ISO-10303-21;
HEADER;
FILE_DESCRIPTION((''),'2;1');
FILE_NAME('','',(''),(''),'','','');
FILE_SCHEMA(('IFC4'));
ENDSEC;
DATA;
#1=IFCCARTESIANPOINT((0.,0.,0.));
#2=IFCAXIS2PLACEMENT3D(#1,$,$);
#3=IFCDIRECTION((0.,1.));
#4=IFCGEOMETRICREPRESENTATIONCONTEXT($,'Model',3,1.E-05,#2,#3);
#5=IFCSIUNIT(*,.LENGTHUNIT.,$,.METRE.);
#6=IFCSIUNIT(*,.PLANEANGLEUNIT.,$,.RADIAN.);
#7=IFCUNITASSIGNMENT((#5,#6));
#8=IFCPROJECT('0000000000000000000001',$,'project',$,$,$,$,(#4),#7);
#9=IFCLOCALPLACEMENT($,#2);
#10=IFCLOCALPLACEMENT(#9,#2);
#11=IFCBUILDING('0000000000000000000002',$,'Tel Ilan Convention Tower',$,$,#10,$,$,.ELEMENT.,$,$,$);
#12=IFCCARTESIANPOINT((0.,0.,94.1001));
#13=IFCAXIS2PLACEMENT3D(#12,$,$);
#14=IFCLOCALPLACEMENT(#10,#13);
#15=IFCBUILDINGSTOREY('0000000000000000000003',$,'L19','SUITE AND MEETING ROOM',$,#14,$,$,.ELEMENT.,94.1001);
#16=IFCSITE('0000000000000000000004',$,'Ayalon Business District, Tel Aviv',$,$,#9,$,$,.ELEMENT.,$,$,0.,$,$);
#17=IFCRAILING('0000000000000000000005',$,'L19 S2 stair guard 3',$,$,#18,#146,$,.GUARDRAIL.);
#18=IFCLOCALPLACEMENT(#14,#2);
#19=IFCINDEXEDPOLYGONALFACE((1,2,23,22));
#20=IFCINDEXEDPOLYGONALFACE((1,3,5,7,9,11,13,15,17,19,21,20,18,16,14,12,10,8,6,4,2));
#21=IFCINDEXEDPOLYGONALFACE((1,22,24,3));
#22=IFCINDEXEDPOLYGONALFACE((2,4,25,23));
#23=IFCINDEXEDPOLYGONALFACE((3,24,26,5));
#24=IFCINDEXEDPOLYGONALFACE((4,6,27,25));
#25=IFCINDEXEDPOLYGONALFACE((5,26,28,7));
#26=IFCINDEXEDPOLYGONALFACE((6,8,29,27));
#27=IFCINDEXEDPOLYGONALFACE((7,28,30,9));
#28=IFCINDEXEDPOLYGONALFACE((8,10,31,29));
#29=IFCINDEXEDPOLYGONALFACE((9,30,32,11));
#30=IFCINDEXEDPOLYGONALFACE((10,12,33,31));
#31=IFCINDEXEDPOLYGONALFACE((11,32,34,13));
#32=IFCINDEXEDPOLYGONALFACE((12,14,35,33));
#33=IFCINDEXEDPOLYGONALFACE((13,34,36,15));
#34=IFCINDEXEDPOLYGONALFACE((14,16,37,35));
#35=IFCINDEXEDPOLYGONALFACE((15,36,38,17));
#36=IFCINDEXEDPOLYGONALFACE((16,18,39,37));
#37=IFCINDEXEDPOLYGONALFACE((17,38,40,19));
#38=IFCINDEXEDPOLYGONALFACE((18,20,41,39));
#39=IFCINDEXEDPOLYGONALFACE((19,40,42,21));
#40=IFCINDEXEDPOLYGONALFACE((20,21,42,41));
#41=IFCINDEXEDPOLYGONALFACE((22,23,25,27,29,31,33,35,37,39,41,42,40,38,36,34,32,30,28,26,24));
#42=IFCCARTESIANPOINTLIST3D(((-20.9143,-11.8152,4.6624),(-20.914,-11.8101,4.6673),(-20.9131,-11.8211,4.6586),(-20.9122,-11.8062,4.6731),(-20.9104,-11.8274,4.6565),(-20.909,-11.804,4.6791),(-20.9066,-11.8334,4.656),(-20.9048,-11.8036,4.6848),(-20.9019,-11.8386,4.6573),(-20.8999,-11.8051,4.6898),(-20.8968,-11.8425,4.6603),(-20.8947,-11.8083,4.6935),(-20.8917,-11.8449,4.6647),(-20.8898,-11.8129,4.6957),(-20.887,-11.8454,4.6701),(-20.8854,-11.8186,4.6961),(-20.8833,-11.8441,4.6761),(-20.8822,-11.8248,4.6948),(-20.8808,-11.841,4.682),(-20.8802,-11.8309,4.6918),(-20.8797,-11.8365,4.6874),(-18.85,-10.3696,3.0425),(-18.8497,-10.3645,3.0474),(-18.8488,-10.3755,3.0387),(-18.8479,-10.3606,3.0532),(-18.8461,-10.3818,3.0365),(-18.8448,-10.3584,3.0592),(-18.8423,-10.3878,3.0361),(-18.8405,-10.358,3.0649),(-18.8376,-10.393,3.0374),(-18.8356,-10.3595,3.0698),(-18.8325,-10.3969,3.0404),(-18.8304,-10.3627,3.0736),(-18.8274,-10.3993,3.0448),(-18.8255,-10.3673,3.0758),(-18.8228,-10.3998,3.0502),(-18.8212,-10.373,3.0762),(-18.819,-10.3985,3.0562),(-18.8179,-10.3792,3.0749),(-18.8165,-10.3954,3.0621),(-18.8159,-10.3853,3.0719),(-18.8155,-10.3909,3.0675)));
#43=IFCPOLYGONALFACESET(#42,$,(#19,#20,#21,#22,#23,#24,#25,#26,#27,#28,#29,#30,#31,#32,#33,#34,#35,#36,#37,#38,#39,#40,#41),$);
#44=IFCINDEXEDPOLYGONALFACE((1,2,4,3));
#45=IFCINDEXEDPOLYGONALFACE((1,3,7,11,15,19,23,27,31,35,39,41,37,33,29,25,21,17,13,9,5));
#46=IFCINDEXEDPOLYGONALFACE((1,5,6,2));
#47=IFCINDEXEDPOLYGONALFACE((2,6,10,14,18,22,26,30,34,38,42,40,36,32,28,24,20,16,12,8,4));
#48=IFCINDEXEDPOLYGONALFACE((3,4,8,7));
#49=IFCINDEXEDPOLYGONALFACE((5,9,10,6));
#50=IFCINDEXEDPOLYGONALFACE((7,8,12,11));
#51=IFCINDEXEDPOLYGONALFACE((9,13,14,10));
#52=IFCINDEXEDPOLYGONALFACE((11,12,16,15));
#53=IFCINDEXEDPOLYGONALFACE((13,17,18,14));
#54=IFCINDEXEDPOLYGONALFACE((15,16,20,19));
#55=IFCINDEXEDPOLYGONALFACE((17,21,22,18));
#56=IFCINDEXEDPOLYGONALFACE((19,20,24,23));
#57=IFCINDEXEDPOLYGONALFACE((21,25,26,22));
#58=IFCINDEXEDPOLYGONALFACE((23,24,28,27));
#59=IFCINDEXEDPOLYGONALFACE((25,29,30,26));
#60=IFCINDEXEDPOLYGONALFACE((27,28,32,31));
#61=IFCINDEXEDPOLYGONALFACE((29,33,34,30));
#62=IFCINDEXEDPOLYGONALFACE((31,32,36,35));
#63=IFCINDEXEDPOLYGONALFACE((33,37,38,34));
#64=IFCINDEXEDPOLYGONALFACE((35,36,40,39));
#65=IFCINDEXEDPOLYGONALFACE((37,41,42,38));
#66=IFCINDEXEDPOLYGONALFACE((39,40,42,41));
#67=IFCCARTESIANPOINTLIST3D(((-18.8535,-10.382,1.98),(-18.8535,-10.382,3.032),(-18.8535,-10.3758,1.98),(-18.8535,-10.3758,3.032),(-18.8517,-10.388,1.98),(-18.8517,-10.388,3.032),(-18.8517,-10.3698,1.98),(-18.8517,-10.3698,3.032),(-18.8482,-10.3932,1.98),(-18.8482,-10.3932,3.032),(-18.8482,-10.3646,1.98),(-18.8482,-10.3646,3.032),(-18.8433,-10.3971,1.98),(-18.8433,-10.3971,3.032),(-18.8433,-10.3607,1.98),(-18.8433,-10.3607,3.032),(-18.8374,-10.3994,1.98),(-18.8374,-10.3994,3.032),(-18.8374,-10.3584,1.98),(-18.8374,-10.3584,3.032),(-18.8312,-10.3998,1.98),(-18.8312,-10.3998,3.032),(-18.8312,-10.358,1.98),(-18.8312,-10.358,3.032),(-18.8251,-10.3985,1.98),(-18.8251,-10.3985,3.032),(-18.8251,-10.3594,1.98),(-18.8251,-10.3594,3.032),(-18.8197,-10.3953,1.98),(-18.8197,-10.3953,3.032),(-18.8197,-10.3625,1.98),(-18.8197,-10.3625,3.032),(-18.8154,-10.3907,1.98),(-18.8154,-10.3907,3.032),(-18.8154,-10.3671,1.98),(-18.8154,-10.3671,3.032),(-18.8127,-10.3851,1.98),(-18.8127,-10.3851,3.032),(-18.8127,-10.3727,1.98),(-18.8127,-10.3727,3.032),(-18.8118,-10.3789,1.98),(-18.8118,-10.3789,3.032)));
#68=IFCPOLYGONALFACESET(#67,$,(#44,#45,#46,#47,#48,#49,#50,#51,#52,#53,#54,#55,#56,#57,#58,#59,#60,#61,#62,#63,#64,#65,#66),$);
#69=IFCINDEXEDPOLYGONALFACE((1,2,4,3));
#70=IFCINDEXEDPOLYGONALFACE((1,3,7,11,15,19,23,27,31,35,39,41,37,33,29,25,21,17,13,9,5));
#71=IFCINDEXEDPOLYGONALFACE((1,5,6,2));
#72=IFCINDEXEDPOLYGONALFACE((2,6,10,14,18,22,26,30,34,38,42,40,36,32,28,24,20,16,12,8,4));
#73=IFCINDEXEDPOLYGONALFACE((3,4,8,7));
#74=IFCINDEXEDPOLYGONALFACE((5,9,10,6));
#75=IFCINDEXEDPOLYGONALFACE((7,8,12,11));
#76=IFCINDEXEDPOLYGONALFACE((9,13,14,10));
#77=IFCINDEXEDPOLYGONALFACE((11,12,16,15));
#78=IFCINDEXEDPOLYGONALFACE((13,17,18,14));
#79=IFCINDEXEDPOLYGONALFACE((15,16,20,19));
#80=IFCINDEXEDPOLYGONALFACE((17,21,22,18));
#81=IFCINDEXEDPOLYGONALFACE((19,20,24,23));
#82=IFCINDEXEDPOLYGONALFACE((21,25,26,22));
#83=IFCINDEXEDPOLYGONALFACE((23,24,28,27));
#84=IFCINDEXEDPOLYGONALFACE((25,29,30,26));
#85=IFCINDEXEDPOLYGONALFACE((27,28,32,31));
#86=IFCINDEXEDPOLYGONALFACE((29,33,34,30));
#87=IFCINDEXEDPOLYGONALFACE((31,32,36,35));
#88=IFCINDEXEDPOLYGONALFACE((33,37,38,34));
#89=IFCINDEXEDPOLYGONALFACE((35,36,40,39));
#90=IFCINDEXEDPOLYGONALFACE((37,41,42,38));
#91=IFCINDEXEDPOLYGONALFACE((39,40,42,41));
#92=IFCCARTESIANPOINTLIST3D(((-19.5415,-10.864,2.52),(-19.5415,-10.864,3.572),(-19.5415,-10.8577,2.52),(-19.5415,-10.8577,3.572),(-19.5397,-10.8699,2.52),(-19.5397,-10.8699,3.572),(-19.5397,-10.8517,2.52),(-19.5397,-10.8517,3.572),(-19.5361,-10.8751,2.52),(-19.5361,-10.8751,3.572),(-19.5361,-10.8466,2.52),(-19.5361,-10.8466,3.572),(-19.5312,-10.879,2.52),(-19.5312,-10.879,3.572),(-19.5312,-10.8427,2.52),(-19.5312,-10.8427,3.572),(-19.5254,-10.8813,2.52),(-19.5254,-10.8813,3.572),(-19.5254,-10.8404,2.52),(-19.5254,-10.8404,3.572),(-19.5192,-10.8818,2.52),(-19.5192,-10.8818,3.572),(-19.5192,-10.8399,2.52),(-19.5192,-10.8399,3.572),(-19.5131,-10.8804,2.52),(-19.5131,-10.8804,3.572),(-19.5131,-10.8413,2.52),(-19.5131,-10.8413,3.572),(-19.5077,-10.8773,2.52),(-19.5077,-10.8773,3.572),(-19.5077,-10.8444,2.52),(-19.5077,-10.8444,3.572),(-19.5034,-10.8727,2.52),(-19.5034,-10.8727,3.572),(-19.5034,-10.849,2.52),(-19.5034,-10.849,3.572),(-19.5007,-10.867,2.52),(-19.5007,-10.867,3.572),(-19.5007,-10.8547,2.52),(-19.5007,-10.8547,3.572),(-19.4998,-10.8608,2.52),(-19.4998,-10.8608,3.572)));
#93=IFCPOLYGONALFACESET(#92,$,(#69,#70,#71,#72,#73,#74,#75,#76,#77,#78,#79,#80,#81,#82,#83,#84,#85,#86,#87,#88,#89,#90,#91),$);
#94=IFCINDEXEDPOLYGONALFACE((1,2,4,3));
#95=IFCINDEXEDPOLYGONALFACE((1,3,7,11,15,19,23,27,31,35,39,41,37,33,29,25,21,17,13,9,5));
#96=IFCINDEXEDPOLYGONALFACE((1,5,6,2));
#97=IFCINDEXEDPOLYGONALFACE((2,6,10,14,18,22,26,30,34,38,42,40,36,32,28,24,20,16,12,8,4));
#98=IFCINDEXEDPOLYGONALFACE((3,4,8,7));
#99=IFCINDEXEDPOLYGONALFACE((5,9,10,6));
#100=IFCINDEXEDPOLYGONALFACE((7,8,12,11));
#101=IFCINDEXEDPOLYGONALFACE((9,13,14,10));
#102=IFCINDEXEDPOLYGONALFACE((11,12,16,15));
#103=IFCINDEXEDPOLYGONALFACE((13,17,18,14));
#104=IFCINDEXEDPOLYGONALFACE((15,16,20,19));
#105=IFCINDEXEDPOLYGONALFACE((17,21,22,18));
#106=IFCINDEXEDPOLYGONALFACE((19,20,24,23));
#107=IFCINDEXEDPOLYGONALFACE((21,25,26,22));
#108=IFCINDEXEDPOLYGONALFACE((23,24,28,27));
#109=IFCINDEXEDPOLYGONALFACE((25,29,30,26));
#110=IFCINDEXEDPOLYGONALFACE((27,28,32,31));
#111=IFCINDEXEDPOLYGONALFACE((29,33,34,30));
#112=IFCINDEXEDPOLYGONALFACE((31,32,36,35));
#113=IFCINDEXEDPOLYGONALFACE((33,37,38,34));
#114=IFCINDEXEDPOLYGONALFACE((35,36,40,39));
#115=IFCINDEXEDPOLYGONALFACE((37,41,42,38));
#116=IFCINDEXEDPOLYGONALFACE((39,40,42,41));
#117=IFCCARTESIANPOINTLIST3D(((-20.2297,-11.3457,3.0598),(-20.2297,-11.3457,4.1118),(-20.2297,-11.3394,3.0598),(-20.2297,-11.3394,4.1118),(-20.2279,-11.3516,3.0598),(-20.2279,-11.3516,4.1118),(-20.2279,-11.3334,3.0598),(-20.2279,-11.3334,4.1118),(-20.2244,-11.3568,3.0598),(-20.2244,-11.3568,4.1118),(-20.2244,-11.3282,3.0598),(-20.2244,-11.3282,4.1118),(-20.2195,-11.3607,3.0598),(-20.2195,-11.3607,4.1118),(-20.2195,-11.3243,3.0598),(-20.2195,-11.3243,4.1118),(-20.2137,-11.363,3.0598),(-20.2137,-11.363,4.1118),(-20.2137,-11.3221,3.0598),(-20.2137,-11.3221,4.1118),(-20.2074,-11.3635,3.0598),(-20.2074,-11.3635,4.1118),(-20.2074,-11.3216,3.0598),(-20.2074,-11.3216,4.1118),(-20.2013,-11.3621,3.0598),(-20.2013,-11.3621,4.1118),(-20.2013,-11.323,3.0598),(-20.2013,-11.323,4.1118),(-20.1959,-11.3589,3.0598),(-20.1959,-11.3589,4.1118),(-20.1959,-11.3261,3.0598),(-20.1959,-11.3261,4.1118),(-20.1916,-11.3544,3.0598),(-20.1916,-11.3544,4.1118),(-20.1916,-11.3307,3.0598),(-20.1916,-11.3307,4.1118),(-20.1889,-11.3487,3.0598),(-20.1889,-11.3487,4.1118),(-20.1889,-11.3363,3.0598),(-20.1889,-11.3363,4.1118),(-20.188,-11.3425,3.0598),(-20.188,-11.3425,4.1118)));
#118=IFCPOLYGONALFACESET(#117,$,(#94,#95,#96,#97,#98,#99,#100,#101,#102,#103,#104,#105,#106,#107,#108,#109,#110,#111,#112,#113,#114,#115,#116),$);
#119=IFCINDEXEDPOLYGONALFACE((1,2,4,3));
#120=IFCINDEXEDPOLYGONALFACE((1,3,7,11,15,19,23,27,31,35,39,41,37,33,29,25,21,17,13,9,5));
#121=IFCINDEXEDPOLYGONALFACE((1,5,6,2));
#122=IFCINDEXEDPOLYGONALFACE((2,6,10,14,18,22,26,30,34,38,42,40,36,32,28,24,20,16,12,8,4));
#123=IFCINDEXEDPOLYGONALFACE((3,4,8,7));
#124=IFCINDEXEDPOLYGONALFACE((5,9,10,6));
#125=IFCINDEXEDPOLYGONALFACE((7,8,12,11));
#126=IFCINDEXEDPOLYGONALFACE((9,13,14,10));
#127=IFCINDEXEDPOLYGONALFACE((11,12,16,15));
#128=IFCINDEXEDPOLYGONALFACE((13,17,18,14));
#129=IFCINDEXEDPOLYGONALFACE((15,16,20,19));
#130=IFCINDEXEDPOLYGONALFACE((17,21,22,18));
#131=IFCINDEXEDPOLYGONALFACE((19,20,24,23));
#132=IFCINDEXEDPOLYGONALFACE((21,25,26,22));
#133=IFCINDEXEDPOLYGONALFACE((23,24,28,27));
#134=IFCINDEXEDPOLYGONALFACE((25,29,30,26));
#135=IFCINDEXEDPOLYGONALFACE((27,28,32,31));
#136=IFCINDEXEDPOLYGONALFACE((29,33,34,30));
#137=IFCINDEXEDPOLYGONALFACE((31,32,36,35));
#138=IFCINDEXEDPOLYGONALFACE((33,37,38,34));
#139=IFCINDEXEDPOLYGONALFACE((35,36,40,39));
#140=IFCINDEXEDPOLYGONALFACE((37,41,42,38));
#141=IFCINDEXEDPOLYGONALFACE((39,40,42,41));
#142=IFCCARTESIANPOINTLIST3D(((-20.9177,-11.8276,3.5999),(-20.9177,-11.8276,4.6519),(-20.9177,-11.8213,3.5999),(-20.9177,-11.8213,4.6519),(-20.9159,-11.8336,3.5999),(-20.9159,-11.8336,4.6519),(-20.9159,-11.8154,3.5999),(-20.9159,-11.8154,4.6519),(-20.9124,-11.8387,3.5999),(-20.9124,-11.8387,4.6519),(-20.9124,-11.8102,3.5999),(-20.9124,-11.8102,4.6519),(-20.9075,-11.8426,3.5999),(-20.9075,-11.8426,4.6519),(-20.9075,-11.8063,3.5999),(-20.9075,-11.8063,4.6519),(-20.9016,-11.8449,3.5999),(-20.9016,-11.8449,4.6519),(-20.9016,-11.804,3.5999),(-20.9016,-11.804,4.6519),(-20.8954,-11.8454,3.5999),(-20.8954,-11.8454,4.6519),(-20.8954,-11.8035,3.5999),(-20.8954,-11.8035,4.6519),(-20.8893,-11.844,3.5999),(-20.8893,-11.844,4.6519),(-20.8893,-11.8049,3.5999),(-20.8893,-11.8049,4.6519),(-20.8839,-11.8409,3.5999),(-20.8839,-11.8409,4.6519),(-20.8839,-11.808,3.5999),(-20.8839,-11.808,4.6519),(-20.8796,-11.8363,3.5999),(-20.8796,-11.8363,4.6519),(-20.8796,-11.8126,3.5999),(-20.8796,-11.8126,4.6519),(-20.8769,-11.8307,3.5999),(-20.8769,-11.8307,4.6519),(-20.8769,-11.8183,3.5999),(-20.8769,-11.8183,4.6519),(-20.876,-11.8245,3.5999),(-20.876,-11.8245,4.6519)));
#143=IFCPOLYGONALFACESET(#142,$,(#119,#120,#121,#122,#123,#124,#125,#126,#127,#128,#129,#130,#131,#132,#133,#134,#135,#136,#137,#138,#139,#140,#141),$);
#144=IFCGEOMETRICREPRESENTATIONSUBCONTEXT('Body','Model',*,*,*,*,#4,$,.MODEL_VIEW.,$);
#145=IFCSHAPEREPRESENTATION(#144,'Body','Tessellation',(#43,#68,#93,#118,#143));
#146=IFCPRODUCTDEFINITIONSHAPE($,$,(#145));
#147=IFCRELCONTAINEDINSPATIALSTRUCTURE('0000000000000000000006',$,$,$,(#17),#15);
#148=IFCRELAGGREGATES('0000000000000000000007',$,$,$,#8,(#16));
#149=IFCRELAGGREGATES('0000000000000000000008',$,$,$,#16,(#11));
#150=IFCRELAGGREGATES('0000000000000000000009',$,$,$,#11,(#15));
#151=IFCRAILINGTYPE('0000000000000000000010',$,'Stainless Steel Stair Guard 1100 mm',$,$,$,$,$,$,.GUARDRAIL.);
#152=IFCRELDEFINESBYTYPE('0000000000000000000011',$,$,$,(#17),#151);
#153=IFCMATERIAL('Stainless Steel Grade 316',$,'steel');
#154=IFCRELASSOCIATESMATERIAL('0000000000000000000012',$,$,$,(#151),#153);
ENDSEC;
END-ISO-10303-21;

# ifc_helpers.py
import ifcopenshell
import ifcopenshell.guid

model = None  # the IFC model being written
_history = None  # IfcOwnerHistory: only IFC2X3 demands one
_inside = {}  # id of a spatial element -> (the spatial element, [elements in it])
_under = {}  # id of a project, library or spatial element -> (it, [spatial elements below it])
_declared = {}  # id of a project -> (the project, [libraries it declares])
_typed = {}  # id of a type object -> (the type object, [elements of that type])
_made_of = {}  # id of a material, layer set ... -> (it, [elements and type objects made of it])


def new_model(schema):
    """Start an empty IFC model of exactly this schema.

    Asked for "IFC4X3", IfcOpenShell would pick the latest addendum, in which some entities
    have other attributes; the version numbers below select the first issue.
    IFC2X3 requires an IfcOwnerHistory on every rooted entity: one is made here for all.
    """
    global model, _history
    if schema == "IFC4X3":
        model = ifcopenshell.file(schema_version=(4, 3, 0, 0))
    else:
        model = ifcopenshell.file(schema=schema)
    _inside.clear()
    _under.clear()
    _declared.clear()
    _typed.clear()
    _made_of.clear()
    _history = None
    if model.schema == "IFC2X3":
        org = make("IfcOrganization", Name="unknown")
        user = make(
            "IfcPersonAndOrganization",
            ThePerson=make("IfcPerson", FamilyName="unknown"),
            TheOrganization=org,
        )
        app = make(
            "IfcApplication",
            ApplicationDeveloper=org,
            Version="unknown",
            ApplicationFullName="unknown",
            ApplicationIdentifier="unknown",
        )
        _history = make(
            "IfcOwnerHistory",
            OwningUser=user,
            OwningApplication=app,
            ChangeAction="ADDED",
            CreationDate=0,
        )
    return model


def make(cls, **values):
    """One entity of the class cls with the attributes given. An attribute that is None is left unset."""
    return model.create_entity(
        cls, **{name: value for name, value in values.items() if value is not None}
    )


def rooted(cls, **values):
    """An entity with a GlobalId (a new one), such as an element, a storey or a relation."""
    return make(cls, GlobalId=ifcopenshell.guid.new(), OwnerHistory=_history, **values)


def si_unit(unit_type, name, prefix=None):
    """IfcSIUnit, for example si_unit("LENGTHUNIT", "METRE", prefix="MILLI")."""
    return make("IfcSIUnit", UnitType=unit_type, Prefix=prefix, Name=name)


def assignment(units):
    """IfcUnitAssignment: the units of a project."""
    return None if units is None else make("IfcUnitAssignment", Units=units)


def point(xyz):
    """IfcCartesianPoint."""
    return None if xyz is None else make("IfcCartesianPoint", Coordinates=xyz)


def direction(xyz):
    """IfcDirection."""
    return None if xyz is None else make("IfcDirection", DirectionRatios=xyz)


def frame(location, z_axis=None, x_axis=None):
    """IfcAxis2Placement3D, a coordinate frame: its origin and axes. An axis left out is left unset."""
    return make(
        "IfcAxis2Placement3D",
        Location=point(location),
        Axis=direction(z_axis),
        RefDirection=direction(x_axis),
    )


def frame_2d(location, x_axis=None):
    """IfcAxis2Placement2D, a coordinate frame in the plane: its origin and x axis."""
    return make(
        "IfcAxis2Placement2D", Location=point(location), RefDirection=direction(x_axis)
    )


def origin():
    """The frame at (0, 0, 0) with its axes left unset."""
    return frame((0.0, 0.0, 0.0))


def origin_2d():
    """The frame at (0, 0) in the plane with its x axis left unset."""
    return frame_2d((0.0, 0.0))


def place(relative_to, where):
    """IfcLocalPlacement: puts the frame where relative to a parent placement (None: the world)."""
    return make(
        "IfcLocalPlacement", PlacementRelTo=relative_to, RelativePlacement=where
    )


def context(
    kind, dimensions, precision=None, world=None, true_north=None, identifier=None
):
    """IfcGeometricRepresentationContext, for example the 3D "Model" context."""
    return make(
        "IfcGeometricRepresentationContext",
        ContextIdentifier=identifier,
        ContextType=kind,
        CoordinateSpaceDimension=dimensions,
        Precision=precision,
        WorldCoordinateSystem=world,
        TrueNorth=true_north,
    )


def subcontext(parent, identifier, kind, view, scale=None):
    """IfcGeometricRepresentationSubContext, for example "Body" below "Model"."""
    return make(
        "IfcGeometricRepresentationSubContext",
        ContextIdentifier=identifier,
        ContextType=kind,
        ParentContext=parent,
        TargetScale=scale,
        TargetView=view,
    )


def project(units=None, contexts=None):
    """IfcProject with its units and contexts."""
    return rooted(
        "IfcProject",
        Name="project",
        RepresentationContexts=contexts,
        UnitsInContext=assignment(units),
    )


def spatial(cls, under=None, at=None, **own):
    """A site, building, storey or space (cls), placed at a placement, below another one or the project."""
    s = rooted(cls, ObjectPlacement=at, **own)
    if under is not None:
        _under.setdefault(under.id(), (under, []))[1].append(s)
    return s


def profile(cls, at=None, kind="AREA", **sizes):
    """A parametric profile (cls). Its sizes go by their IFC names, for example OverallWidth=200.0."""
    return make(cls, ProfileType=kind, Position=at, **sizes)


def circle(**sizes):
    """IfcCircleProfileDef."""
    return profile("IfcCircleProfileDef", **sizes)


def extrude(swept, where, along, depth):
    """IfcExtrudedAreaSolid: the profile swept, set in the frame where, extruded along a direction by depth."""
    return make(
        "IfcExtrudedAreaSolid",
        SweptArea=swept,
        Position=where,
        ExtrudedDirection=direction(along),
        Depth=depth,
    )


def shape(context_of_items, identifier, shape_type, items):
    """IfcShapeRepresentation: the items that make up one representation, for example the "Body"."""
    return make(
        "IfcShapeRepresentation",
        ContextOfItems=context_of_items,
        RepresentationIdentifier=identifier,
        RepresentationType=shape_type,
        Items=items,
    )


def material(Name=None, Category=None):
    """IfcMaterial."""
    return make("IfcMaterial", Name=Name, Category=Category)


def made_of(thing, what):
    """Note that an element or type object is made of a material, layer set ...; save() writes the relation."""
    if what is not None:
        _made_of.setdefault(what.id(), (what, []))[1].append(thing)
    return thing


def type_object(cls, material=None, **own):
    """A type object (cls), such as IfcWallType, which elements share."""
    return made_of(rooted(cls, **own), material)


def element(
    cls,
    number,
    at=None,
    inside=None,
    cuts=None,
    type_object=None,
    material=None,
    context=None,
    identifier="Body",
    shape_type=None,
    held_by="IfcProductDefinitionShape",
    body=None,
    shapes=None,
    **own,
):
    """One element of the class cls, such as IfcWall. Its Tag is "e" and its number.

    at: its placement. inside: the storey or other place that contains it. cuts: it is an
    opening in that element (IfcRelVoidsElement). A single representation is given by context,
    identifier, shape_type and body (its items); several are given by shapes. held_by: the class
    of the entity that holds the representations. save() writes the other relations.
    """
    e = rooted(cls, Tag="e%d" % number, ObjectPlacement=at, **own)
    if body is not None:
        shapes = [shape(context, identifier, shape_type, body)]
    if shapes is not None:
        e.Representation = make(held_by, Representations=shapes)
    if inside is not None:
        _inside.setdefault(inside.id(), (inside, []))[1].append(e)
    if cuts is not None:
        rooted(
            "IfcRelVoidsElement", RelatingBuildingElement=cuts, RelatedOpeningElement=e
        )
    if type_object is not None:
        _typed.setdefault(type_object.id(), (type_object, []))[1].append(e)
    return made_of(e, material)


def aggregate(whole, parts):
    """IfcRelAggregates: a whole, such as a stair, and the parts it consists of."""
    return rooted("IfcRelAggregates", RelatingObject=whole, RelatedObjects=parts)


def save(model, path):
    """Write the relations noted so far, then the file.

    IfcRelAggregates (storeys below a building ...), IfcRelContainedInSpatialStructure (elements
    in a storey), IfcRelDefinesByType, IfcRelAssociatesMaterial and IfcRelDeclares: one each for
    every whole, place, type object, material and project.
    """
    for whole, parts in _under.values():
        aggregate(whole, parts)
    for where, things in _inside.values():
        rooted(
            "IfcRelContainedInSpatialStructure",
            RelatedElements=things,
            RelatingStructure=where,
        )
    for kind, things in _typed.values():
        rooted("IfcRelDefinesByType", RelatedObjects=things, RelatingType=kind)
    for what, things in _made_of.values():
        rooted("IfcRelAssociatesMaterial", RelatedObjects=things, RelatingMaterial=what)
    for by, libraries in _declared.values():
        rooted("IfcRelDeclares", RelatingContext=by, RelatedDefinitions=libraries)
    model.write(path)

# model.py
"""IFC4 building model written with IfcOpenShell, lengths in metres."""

from ifc_helpers import new_model, si_unit, direction, frame, origin, origin_2d, place, context, subcontext, project, spatial, circle, extrude, material, type_object, element, save


model = new_model("IFC4")

# Units and contexts
model_context = context("Model", 3, precision=1e-05, world=origin(), true_north=direction((0.0, 1.0)))
body_context = subcontext(model_context, "Body", "Model", "MODEL_VIEW")
ifc_project = project(units=[si_unit("LENGTHUNIT", "METRE"), si_unit("PLANEANGLEUNIT", "RADIAN")], contexts=[model_context])

# Site, building, storey
site_placement = place(None, origin())
site = spatial("IfcSite", under=ifc_project, at=site_placement, Name="Ayalon Business District, Tel Aviv", CompositionType="ELEMENT", RefElevation=0.0)
building_placement = place(site_placement, origin())
building = spatial("IfcBuilding", under=site, at=building_placement, Name="Tel Ilan Convention Tower", CompositionType="ELEMENT")
storey_placement = place(building_placement, frame((0.0, 0.0, 94.1001)))
storey = spatial("IfcBuildingStorey", under=building, at=storey_placement, Name="L19", Description="SUITE AND MEETING ROOM", CompositionType="ELEMENT", Elevation=94.1001)

# Railing
ifc_material_1 = material(Name="Stainless Steel Grade 316", Category="steel")
railing_type_1 = type_object("IfcRailingType", Name="Stainless Steel Stair Guard 1100 mm", PredefinedType="GUARDRAIL", material=ifc_material_1)
railing_1_placement = place(storey_placement, frame((-18.8328, -10.3789, 1.98)))
element("IfcRailing", 1, at=railing_1_placement, inside=storey, type_object=railing_type_1, Name="L19 S2 stair guard 3", PredefinedType="GUARDRAIL", context=body_context, shape_type="SweptSolid", body=[
    extrude(circle(Radius=0.0239, at=origin_2d()), frame((0.0, 0.0, 1.0762), z_axis=(-0.689043, -0.482534, 0.540722), x_axis=(0.573625, -0.819118, 0.0)), (0.0, 0.0, 1.0), 2.9958),
    extrude(circle(Radius=0.021, at=origin_2d()), origin(), (0.0, 0.0, 1.0), 1.052),
    extrude(circle(Radius=0.021, at=origin_2d()), frame((-0.688, -0.4819, 0.54)), (0.0, 0.0, 1.0), 1.052),
    extrude(circle(Radius=0.021, at=origin_2d()), frame((-1.3762, -0.9636, 1.0798)), (0.0, 0.0, 1.0), 1.052),
    extrude(circle(Radius=0.021, at=origin_2d()), frame((-2.0642, -1.4456, 1.6199)), (0.0, 0.0, 1.0), 1.052),
])

save(model, "model.ifc")
